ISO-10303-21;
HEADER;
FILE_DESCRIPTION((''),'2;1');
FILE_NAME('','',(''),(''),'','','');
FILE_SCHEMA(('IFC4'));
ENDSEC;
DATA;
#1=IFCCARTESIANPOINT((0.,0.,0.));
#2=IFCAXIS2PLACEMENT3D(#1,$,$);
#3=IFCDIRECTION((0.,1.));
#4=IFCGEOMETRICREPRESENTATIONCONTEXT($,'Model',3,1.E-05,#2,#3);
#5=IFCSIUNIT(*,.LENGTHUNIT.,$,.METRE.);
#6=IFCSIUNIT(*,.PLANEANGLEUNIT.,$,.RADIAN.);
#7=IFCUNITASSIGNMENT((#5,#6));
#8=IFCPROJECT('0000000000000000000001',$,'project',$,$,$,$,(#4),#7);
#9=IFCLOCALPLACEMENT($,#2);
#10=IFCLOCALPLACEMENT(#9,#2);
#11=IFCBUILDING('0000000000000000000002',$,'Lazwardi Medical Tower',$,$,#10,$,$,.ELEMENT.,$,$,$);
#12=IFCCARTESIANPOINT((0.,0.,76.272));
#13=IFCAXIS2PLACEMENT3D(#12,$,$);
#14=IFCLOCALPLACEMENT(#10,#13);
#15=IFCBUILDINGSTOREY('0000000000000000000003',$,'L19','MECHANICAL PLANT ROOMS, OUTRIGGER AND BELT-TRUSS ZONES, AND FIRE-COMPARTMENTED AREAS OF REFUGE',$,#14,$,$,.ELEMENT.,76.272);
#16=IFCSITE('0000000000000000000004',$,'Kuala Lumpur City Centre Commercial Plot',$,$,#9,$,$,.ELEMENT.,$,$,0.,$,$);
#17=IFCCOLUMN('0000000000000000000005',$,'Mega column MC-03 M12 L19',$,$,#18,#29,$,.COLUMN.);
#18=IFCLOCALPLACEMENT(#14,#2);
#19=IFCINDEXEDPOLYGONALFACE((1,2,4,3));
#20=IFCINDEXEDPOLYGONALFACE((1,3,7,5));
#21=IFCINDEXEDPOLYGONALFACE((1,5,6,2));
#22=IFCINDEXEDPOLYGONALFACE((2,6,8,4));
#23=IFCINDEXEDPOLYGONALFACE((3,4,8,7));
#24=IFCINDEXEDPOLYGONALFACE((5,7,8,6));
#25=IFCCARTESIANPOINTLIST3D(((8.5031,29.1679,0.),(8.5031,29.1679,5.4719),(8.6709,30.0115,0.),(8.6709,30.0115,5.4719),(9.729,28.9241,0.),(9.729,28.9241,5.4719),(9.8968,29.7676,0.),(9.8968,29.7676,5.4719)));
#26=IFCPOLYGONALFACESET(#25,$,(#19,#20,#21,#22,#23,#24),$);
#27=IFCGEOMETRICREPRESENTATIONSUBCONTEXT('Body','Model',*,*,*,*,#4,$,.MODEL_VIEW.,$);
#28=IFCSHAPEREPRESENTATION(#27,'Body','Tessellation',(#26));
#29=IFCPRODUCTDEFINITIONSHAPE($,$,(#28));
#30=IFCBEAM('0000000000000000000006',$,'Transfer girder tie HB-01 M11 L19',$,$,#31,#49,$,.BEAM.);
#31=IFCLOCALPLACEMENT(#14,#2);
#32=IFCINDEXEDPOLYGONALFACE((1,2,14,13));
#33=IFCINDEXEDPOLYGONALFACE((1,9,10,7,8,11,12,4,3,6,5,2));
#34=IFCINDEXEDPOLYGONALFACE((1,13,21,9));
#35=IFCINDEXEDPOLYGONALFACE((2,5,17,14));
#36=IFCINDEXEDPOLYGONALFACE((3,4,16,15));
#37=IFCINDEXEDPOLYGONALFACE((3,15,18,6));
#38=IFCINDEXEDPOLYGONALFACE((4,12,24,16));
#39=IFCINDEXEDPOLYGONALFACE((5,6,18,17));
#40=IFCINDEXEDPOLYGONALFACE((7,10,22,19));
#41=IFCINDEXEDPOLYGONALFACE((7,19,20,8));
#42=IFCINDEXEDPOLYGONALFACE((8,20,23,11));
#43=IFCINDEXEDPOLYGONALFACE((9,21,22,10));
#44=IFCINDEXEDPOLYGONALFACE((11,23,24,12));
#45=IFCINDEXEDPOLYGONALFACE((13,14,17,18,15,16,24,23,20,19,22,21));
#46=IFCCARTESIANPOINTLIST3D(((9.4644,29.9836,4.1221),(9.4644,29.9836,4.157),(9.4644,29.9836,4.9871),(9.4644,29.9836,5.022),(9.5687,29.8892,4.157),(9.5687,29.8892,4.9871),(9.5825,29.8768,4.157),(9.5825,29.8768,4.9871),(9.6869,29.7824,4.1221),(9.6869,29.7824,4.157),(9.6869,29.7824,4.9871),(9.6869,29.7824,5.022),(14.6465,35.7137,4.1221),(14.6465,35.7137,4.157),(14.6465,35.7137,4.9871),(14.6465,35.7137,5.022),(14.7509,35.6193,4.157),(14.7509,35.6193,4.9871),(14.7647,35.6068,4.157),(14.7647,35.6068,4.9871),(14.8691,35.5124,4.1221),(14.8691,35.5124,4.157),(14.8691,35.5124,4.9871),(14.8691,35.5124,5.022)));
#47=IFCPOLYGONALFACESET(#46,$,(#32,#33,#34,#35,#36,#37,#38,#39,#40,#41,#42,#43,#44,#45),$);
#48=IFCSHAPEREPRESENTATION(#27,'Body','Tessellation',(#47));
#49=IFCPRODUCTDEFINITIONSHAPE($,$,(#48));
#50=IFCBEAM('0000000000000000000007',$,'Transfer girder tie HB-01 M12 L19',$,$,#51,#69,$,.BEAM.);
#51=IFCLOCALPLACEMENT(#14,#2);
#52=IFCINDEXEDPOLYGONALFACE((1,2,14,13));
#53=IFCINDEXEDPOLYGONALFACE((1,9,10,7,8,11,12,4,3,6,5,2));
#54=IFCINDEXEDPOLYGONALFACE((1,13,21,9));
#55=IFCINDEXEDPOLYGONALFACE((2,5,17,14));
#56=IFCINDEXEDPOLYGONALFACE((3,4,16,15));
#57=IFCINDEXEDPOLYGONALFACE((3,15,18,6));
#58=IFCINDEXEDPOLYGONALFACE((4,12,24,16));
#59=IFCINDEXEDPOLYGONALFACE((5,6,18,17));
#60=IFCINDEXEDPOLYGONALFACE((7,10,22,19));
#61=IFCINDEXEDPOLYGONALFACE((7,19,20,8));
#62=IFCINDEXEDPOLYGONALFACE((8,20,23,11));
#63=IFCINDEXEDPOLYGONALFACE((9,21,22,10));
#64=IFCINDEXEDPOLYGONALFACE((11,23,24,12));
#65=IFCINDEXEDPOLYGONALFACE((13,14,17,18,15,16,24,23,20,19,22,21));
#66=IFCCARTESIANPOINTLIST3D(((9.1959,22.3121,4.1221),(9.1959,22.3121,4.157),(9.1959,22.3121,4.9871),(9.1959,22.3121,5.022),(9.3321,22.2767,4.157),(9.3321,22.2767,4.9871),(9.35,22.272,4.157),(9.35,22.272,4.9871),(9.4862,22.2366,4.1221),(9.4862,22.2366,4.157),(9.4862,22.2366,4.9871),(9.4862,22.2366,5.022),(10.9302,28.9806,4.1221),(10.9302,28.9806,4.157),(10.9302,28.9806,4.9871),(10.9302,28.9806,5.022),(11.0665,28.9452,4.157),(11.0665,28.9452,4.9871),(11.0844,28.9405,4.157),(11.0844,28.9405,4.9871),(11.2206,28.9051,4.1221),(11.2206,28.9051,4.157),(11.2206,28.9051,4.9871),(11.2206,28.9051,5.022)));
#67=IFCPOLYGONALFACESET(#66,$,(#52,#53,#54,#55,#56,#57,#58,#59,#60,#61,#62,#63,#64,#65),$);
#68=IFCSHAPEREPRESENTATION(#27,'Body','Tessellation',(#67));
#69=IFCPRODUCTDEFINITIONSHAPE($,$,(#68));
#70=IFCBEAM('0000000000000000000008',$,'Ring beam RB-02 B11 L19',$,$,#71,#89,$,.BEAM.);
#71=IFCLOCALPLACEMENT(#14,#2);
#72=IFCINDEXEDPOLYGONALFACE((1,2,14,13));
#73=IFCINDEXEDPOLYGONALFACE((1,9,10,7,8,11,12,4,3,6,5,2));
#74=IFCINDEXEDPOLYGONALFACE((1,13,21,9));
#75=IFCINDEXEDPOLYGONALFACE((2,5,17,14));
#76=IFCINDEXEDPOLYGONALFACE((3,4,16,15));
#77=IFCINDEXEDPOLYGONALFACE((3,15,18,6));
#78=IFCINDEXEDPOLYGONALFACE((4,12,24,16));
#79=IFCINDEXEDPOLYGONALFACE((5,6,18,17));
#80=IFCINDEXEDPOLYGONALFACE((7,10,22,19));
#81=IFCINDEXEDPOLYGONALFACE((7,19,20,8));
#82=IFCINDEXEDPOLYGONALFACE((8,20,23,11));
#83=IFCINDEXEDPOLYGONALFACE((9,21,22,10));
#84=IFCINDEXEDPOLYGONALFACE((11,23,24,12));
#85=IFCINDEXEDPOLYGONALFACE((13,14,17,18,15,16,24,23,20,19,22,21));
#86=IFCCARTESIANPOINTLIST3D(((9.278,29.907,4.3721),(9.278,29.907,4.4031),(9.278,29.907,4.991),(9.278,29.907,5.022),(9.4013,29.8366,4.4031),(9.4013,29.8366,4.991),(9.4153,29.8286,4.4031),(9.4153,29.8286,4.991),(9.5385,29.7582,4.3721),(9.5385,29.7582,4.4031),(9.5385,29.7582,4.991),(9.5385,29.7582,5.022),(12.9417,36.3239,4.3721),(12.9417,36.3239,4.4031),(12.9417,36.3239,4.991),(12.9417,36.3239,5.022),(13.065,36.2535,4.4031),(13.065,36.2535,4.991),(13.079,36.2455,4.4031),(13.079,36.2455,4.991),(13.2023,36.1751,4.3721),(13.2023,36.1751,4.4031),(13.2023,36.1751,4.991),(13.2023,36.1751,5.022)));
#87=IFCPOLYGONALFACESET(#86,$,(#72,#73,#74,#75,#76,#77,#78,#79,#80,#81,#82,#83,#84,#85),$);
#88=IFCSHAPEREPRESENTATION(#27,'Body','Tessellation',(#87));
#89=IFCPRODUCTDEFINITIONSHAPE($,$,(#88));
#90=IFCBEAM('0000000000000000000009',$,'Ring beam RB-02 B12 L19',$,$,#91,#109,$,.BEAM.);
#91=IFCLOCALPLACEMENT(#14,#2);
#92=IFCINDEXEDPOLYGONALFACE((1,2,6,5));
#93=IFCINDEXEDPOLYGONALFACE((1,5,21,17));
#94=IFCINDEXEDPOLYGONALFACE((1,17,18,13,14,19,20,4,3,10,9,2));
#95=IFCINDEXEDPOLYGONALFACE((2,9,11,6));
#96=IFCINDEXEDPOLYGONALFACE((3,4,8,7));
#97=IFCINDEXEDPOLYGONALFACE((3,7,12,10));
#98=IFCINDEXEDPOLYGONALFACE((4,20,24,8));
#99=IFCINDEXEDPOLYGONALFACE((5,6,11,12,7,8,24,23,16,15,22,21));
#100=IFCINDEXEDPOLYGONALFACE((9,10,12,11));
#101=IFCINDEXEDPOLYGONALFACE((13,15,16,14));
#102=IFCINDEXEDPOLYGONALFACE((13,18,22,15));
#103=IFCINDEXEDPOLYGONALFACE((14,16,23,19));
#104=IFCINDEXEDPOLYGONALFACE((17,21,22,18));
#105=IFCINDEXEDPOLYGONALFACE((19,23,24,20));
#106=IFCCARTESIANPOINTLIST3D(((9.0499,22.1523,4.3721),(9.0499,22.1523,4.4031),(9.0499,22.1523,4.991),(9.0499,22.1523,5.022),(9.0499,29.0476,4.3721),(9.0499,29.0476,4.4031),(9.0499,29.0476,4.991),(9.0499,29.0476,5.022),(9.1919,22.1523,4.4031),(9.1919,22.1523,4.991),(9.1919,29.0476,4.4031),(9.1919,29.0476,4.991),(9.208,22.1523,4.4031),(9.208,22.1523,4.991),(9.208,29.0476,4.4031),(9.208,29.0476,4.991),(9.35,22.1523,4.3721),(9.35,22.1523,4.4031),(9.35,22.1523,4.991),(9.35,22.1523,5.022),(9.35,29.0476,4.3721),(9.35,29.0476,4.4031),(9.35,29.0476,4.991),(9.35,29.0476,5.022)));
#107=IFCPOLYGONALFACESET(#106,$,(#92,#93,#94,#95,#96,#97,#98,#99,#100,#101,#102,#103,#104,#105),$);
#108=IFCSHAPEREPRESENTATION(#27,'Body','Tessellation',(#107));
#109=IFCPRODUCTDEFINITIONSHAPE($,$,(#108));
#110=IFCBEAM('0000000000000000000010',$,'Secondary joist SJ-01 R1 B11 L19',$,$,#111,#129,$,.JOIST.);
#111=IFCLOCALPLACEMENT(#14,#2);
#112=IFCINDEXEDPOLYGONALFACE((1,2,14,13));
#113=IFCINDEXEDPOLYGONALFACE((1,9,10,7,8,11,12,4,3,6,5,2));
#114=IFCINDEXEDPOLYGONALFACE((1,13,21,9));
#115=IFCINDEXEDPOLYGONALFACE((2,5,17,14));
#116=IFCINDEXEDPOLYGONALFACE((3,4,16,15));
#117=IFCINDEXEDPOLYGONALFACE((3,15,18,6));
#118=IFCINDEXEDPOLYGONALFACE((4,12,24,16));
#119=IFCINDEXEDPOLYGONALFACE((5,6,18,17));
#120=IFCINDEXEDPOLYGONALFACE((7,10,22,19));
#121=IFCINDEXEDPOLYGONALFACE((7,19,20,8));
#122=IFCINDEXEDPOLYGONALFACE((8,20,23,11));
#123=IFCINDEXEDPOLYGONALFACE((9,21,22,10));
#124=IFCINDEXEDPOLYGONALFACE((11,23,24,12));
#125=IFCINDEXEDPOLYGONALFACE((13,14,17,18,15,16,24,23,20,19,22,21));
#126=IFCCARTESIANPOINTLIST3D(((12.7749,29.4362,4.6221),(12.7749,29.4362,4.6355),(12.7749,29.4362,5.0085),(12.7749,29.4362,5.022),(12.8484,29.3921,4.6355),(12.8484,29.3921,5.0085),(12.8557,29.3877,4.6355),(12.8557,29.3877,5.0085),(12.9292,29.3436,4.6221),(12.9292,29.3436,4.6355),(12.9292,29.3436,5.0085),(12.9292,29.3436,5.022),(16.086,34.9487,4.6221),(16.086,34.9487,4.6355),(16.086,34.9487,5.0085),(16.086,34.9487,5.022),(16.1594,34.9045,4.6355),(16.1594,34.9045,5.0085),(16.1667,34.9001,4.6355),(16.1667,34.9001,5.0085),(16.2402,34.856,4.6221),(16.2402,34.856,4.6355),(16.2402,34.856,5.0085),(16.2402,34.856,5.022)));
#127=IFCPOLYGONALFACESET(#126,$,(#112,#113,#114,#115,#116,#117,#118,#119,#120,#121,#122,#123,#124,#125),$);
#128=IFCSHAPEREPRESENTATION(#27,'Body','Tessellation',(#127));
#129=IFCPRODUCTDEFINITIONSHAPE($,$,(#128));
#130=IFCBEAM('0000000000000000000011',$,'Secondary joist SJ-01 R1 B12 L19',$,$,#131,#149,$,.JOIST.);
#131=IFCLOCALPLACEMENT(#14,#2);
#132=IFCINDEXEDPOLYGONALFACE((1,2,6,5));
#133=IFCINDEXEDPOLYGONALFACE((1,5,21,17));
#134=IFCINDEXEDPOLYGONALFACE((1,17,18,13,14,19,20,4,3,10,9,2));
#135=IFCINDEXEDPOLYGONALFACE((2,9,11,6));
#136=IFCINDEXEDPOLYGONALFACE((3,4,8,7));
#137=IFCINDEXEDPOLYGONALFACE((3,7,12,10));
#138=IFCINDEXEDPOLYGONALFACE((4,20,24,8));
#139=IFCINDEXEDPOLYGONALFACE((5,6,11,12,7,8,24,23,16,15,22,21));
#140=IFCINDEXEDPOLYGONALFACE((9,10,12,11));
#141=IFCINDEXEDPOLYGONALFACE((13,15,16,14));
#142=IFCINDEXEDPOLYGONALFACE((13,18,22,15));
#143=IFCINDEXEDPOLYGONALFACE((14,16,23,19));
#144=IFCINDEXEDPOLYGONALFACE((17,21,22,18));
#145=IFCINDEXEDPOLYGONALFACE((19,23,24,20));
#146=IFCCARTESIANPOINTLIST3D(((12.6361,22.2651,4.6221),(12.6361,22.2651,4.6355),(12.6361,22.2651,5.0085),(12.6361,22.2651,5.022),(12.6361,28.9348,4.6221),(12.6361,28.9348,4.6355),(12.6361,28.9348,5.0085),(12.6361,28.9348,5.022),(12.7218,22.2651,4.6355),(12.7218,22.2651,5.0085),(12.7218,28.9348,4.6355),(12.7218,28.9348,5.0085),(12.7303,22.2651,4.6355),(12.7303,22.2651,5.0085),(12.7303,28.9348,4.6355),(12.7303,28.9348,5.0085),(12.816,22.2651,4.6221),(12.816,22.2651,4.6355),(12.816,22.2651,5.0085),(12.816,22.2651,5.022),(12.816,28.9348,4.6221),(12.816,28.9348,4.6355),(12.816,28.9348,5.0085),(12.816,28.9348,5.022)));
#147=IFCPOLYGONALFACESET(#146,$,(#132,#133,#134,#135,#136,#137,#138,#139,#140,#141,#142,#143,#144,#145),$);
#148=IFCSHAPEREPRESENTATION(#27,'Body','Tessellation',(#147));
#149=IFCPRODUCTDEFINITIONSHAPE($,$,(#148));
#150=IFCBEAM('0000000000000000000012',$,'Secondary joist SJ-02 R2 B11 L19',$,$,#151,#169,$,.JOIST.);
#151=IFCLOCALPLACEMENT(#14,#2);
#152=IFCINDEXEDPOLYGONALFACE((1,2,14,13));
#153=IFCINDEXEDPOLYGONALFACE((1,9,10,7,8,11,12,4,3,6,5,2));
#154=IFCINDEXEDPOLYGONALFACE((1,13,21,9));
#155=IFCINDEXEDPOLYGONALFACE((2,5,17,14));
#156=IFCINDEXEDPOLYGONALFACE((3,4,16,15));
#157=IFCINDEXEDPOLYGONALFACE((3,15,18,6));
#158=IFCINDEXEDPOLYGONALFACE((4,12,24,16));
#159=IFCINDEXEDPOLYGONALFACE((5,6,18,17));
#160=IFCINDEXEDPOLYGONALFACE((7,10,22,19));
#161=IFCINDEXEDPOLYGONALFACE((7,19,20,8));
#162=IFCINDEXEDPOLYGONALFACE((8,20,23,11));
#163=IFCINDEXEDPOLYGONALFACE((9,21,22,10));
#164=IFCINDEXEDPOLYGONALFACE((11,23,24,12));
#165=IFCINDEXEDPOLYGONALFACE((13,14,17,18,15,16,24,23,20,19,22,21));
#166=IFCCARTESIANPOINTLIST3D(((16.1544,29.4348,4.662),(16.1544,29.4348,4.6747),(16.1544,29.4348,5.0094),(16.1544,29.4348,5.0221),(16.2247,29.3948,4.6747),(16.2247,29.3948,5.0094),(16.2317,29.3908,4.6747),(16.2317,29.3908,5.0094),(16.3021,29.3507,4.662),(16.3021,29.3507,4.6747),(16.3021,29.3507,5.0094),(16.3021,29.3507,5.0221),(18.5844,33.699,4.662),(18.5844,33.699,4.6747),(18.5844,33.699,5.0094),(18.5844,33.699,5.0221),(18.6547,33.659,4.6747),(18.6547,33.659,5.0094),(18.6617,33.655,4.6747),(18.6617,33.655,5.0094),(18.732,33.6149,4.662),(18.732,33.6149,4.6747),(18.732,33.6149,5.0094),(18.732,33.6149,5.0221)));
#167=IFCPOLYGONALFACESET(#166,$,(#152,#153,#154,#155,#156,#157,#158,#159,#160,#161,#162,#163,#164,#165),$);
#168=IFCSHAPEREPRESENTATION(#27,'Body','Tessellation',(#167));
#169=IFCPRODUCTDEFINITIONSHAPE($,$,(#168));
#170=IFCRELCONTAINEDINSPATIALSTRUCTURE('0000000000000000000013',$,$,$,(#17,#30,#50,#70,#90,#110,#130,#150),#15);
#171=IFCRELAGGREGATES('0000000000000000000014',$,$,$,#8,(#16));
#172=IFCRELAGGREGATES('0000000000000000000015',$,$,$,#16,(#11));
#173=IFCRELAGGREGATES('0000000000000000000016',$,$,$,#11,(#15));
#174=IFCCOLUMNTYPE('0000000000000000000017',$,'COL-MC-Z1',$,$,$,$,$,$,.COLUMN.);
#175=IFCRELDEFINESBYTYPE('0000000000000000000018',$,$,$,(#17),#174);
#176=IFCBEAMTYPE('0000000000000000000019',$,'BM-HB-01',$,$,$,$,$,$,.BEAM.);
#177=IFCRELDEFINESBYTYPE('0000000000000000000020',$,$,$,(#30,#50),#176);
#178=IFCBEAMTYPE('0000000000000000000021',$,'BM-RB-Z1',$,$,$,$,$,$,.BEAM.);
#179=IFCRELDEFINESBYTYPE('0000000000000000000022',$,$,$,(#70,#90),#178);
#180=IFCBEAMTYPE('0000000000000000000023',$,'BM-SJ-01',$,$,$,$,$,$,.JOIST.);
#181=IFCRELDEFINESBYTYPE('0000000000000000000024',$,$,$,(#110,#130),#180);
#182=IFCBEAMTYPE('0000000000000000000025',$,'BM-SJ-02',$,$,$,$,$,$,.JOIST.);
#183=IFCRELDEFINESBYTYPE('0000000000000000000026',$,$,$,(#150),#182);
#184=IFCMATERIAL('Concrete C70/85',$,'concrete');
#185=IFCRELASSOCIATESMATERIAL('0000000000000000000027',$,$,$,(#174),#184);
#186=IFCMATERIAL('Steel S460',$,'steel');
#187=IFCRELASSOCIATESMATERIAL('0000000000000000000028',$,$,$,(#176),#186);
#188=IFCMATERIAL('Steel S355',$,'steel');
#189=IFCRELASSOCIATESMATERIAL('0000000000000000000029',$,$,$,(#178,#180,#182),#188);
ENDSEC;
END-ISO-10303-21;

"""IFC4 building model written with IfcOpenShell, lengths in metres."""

from ifc_helpers import new_model, si_unit, direction, frame, origin, origin_2d, place, context, subcontext, project, spatial, rectangle, i_section, extrude, material, material_profile, profile_set, type_object, element, save


model = new_model("IFC4")

# Units and contexts
model_context = context("Model", 3, precision=1e-05, world=origin(), true_north=direction((0.0, 1.0)))
body_context = subcontext(model_context, "Body", "Model", "MODEL_VIEW")
ifc_project = project(units=[si_unit("LENGTHUNIT", "METRE"), si_unit("PLANEANGLEUNIT", "RADIAN")], contexts=[model_context])

# Site, building, storey
site_placement = place(None, origin())
site = spatial("IfcSite", under=ifc_project, at=site_placement, Name="Kuala Lumpur City Centre Commercial Plot", CompositionType="ELEMENT", RefElevation=0.0)
building_placement = place(site_placement, origin())
building = spatial("IfcBuilding", under=site, at=building_placement, Name="Lazwardi Medical Tower", CompositionType="ELEMENT")
storey_placement = place(building_placement, frame((0.0, 0.0, 76.272)))
storey = spatial("IfcBuildingStorey", under=building, at=storey_placement, Name="L19", Description="MECHANICAL PLANT ROOMS, OUTRIGGER AND BELT-TRUSS ZONES, AND FIRE-COMPARTMENTED AREAS OF REFUGE", CompositionType="ELEMENT", Elevation=76.272)

# Column
ifc_material_1 = material(Name="Concrete C70/85", Category="concrete")
ifc_material_profile_1 = material_profile(ifc_material_1, rectangle(XDim=1.25, YDim=0.8601, at=origin_2d()), Name="CFT-RECT 1250x860")
ifc_profile_set_1 = profile_set([ifc_material_profile_1], Name="Concrete C70/85")
column_type = type_object("IfcColumnType", Name="COL-MC-Z1", PredefinedType="COLUMN", material=ifc_profile_set_1)
column_placement = place(storey_placement, frame((9.2, 29.4678, 0.0), z_axis=(0.0, 0.0, 1.0), x_axis=(-0.980785, 0.19509, 0.0)))
element("IfcColumn", 1, at=column_placement, inside=storey, type_object=column_type, Name="Mega column MC-03 M12 L19", PredefinedType="COLUMN", context=body_context, shape_type="SweptSolid", body=[
    extrude(rectangle(XDim=1.25, YDim=0.8601, at=origin_2d()), origin(), (0.0, 0.0, 1.0), 5.4719),
])

# Beams
ifc_material_2 = material(Name="Steel S460", Category="steel")
ifc_material_profile_2 = material_profile(ifc_material_2, i_section(OverallWidth=0.3, OverallDepth=0.8999, WebThickness=0.0186, FlangeThickness=0.0349, at=origin_2d()), Name="HEB 900")
ifc_profile_set_2 = profile_set([ifc_material_profile_2], Name="Steel S460")
beam_type_1 = type_object("IfcBeamType", Name="BM-HB-01", PredefinedType="BEAM", material=ifc_profile_set_2)
beam_1_placement = place(storey_placement, frame((14.7578, 35.613, 4.572), z_axis=(-0.670761, -0.741674, 0.0), x_axis=(0.741674, -0.670761, 0.0)))
element("IfcBeam", 2, at=beam_1_placement, inside=storey, type_object=beam_type_1, Name="Transfer girder tie HB-01 M11 L19", PredefinedType="BEAM", context=body_context, shape_type="SweptSolid", body=[
    extrude(i_section(OverallWidth=0.3, OverallDepth=0.8999, WebThickness=0.0186, FlangeThickness=0.0349, at=origin_2d()), origin(), (0.0, 0.0, 1.0), 7.7258),
])
beam_2_placement = place(storey_placement, frame((11.0754, 28.9429, 4.572), z_axis=(-0.251712, -0.967802, 0.0), x_axis=(0.967802, -0.251712, 0.0)))
element("IfcBeam", 3, at=beam_2_placement, inside=storey, type_object=beam_type_1, Name="Transfer girder tie HB-01 M12 L19", PredefinedType="BEAM", context=body_context, shape_type="SweptSolid", body=[
    extrude(i_section(OverallWidth=0.3, OverallDepth=0.8999, WebThickness=0.0186, FlangeThickness=0.0349, at=origin_2d()), origin(), (0.0, 0.0, 1.0), 6.8904),
])
ifc_material_3 = material(Name="Steel S355", Category="steel")
ifc_material_profile_3 = material_profile(ifc_material_3, i_section(OverallWidth=0.3, OverallDepth=0.6499, WebThickness=0.0161, FlangeThickness=0.031, at=origin_2d()), Name="HEB 650")
ifc_profile_set_3 = profile_set([ifc_material_profile_3], Name="Steel S355")
beam_type_2 = type_object("IfcBeamType", Name="BM-RB-Z1", PredefinedType="BEAM", material=ifc_profile_set_3)
beam_3_placement = place(storey_placement, frame((13.072, 36.2495, 4.697), z_axis=(-0.495829, -0.86842, 0.0), x_axis=(0.86842, -0.495829, 0.0)))
element("IfcBeam", 4, at=beam_3_placement, inside=storey, type_object=beam_type_2, Name="Ring beam RB-02 B11 L19", PredefinedType="BEAM", context=body_context, shape_type="SweptSolid", body=[
    extrude(i_section(OverallWidth=0.3, OverallDepth=0.6499, WebThickness=0.0161, FlangeThickness=0.031, at=origin_2d()), origin(), (0.0, 0.0, 1.0), 7.3892),
])
beam_4_placement = place(storey_placement, frame((9.2, 29.0476, 4.697), z_axis=(0.0, -1.0, 0.0), x_axis=(1.0, 0.0, 0.0)))
element("IfcBeam", 5, at=beam_4_placement, inside=storey, type_object=beam_type_2, Name="Ring beam RB-02 B12 L19", PredefinedType="BEAM", context=body_context, shape_type="SweptSolid", body=[
    extrude(i_section(OverallWidth=0.3, OverallDepth=0.6499, WebThickness=0.0161, FlangeThickness=0.031, at=origin_2d()), origin(), (0.0, 0.0, 1.0), 6.8953),
])
ifc_material_profile_4 = material_profile(ifc_material_3, i_section(OverallWidth=0.1799, OverallDepth=0.3999, WebThickness=0.0085, FlangeThickness=0.0134, at=origin_2d()), Name="IPE 400")
ifc_profile_set_4 = profile_set([ifc_material_profile_4], Name="Steel S355")
beam_type_3 = type_object("IfcBeamType", Name="BM-SJ-01", PredefinedType="JOIST", material=ifc_profile_set_4)
beam_5_placement = place(storey_placement, frame((16.1631, 34.9023, 4.822), z_axis=(-0.514903, -0.857248, 0.0), x_axis=(0.857248, -0.514903, 0.0)))
element("IfcBeam", 6, at=beam_5_placement, inside=storey, type_object=beam_type_3, Name="Secondary joist SJ-01 R1 B11 L19", PredefinedType="JOIST", context=body_context, shape_type="SweptSolid", body=[
    extrude(i_section(OverallWidth=0.1799, OverallDepth=0.3999, WebThickness=0.0085, FlangeThickness=0.0134, at=origin_2d()), origin(), (0.0, 0.0, 1.0), 6.4304),
])
beam_6_placement = place(storey_placement, frame((12.7261, 28.9348, 4.822), z_axis=(0.0, -1.0, 0.0), x_axis=(1.0, 0.0, 0.0)))
element("IfcBeam", 7, at=beam_6_placement, inside=storey, type_object=beam_type_3, Name="Secondary joist SJ-01 R1 B12 L19", PredefinedType="JOIST", context=body_context, shape_type="SweptSolid", body=[
    extrude(i_section(OverallWidth=0.1799, OverallDepth=0.3999, WebThickness=0.0085, FlangeThickness=0.0134, at=origin_2d()), origin(), (0.0, 0.0, 1.0), 6.6697),
])
ifc_material_profile_5 = material_profile(ifc_material_3, i_section(OverallWidth=0.1699, OverallDepth=0.3601, WebThickness=0.0081, FlangeThickness=0.0127, at=origin_2d()), Name="IPE 360")
ifc_profile_set_5 = profile_set([ifc_material_profile_5], Name="Steel S355")
beam_type_4 = type_object("IfcBeamType", Name="BM-SJ-02", PredefinedType="JOIST", material=ifc_profile_set_5)
beam_7_placement = place(storey_placement, frame((18.6582, 33.657, 4.842), z_axis=(-0.495105, -0.868833, 0.0), x_axis=(0.868833, -0.495105, 0.0)))
element("IfcBeam", 8, at=beam_7_placement, inside=storey, type_object=beam_type_4, Name="Secondary joist SJ-02 R2 B11 L19", PredefinedType="JOIST", context=body_context, shape_type="SweptSolid", body=[
    extrude(i_section(OverallWidth=0.1699, OverallDepth=0.3601, WebThickness=0.0081, FlangeThickness=0.0127, at=origin_2d()), origin(), (0.0, 0.0, 1.0), 4.908),
])

save(model, "model.ifc")
